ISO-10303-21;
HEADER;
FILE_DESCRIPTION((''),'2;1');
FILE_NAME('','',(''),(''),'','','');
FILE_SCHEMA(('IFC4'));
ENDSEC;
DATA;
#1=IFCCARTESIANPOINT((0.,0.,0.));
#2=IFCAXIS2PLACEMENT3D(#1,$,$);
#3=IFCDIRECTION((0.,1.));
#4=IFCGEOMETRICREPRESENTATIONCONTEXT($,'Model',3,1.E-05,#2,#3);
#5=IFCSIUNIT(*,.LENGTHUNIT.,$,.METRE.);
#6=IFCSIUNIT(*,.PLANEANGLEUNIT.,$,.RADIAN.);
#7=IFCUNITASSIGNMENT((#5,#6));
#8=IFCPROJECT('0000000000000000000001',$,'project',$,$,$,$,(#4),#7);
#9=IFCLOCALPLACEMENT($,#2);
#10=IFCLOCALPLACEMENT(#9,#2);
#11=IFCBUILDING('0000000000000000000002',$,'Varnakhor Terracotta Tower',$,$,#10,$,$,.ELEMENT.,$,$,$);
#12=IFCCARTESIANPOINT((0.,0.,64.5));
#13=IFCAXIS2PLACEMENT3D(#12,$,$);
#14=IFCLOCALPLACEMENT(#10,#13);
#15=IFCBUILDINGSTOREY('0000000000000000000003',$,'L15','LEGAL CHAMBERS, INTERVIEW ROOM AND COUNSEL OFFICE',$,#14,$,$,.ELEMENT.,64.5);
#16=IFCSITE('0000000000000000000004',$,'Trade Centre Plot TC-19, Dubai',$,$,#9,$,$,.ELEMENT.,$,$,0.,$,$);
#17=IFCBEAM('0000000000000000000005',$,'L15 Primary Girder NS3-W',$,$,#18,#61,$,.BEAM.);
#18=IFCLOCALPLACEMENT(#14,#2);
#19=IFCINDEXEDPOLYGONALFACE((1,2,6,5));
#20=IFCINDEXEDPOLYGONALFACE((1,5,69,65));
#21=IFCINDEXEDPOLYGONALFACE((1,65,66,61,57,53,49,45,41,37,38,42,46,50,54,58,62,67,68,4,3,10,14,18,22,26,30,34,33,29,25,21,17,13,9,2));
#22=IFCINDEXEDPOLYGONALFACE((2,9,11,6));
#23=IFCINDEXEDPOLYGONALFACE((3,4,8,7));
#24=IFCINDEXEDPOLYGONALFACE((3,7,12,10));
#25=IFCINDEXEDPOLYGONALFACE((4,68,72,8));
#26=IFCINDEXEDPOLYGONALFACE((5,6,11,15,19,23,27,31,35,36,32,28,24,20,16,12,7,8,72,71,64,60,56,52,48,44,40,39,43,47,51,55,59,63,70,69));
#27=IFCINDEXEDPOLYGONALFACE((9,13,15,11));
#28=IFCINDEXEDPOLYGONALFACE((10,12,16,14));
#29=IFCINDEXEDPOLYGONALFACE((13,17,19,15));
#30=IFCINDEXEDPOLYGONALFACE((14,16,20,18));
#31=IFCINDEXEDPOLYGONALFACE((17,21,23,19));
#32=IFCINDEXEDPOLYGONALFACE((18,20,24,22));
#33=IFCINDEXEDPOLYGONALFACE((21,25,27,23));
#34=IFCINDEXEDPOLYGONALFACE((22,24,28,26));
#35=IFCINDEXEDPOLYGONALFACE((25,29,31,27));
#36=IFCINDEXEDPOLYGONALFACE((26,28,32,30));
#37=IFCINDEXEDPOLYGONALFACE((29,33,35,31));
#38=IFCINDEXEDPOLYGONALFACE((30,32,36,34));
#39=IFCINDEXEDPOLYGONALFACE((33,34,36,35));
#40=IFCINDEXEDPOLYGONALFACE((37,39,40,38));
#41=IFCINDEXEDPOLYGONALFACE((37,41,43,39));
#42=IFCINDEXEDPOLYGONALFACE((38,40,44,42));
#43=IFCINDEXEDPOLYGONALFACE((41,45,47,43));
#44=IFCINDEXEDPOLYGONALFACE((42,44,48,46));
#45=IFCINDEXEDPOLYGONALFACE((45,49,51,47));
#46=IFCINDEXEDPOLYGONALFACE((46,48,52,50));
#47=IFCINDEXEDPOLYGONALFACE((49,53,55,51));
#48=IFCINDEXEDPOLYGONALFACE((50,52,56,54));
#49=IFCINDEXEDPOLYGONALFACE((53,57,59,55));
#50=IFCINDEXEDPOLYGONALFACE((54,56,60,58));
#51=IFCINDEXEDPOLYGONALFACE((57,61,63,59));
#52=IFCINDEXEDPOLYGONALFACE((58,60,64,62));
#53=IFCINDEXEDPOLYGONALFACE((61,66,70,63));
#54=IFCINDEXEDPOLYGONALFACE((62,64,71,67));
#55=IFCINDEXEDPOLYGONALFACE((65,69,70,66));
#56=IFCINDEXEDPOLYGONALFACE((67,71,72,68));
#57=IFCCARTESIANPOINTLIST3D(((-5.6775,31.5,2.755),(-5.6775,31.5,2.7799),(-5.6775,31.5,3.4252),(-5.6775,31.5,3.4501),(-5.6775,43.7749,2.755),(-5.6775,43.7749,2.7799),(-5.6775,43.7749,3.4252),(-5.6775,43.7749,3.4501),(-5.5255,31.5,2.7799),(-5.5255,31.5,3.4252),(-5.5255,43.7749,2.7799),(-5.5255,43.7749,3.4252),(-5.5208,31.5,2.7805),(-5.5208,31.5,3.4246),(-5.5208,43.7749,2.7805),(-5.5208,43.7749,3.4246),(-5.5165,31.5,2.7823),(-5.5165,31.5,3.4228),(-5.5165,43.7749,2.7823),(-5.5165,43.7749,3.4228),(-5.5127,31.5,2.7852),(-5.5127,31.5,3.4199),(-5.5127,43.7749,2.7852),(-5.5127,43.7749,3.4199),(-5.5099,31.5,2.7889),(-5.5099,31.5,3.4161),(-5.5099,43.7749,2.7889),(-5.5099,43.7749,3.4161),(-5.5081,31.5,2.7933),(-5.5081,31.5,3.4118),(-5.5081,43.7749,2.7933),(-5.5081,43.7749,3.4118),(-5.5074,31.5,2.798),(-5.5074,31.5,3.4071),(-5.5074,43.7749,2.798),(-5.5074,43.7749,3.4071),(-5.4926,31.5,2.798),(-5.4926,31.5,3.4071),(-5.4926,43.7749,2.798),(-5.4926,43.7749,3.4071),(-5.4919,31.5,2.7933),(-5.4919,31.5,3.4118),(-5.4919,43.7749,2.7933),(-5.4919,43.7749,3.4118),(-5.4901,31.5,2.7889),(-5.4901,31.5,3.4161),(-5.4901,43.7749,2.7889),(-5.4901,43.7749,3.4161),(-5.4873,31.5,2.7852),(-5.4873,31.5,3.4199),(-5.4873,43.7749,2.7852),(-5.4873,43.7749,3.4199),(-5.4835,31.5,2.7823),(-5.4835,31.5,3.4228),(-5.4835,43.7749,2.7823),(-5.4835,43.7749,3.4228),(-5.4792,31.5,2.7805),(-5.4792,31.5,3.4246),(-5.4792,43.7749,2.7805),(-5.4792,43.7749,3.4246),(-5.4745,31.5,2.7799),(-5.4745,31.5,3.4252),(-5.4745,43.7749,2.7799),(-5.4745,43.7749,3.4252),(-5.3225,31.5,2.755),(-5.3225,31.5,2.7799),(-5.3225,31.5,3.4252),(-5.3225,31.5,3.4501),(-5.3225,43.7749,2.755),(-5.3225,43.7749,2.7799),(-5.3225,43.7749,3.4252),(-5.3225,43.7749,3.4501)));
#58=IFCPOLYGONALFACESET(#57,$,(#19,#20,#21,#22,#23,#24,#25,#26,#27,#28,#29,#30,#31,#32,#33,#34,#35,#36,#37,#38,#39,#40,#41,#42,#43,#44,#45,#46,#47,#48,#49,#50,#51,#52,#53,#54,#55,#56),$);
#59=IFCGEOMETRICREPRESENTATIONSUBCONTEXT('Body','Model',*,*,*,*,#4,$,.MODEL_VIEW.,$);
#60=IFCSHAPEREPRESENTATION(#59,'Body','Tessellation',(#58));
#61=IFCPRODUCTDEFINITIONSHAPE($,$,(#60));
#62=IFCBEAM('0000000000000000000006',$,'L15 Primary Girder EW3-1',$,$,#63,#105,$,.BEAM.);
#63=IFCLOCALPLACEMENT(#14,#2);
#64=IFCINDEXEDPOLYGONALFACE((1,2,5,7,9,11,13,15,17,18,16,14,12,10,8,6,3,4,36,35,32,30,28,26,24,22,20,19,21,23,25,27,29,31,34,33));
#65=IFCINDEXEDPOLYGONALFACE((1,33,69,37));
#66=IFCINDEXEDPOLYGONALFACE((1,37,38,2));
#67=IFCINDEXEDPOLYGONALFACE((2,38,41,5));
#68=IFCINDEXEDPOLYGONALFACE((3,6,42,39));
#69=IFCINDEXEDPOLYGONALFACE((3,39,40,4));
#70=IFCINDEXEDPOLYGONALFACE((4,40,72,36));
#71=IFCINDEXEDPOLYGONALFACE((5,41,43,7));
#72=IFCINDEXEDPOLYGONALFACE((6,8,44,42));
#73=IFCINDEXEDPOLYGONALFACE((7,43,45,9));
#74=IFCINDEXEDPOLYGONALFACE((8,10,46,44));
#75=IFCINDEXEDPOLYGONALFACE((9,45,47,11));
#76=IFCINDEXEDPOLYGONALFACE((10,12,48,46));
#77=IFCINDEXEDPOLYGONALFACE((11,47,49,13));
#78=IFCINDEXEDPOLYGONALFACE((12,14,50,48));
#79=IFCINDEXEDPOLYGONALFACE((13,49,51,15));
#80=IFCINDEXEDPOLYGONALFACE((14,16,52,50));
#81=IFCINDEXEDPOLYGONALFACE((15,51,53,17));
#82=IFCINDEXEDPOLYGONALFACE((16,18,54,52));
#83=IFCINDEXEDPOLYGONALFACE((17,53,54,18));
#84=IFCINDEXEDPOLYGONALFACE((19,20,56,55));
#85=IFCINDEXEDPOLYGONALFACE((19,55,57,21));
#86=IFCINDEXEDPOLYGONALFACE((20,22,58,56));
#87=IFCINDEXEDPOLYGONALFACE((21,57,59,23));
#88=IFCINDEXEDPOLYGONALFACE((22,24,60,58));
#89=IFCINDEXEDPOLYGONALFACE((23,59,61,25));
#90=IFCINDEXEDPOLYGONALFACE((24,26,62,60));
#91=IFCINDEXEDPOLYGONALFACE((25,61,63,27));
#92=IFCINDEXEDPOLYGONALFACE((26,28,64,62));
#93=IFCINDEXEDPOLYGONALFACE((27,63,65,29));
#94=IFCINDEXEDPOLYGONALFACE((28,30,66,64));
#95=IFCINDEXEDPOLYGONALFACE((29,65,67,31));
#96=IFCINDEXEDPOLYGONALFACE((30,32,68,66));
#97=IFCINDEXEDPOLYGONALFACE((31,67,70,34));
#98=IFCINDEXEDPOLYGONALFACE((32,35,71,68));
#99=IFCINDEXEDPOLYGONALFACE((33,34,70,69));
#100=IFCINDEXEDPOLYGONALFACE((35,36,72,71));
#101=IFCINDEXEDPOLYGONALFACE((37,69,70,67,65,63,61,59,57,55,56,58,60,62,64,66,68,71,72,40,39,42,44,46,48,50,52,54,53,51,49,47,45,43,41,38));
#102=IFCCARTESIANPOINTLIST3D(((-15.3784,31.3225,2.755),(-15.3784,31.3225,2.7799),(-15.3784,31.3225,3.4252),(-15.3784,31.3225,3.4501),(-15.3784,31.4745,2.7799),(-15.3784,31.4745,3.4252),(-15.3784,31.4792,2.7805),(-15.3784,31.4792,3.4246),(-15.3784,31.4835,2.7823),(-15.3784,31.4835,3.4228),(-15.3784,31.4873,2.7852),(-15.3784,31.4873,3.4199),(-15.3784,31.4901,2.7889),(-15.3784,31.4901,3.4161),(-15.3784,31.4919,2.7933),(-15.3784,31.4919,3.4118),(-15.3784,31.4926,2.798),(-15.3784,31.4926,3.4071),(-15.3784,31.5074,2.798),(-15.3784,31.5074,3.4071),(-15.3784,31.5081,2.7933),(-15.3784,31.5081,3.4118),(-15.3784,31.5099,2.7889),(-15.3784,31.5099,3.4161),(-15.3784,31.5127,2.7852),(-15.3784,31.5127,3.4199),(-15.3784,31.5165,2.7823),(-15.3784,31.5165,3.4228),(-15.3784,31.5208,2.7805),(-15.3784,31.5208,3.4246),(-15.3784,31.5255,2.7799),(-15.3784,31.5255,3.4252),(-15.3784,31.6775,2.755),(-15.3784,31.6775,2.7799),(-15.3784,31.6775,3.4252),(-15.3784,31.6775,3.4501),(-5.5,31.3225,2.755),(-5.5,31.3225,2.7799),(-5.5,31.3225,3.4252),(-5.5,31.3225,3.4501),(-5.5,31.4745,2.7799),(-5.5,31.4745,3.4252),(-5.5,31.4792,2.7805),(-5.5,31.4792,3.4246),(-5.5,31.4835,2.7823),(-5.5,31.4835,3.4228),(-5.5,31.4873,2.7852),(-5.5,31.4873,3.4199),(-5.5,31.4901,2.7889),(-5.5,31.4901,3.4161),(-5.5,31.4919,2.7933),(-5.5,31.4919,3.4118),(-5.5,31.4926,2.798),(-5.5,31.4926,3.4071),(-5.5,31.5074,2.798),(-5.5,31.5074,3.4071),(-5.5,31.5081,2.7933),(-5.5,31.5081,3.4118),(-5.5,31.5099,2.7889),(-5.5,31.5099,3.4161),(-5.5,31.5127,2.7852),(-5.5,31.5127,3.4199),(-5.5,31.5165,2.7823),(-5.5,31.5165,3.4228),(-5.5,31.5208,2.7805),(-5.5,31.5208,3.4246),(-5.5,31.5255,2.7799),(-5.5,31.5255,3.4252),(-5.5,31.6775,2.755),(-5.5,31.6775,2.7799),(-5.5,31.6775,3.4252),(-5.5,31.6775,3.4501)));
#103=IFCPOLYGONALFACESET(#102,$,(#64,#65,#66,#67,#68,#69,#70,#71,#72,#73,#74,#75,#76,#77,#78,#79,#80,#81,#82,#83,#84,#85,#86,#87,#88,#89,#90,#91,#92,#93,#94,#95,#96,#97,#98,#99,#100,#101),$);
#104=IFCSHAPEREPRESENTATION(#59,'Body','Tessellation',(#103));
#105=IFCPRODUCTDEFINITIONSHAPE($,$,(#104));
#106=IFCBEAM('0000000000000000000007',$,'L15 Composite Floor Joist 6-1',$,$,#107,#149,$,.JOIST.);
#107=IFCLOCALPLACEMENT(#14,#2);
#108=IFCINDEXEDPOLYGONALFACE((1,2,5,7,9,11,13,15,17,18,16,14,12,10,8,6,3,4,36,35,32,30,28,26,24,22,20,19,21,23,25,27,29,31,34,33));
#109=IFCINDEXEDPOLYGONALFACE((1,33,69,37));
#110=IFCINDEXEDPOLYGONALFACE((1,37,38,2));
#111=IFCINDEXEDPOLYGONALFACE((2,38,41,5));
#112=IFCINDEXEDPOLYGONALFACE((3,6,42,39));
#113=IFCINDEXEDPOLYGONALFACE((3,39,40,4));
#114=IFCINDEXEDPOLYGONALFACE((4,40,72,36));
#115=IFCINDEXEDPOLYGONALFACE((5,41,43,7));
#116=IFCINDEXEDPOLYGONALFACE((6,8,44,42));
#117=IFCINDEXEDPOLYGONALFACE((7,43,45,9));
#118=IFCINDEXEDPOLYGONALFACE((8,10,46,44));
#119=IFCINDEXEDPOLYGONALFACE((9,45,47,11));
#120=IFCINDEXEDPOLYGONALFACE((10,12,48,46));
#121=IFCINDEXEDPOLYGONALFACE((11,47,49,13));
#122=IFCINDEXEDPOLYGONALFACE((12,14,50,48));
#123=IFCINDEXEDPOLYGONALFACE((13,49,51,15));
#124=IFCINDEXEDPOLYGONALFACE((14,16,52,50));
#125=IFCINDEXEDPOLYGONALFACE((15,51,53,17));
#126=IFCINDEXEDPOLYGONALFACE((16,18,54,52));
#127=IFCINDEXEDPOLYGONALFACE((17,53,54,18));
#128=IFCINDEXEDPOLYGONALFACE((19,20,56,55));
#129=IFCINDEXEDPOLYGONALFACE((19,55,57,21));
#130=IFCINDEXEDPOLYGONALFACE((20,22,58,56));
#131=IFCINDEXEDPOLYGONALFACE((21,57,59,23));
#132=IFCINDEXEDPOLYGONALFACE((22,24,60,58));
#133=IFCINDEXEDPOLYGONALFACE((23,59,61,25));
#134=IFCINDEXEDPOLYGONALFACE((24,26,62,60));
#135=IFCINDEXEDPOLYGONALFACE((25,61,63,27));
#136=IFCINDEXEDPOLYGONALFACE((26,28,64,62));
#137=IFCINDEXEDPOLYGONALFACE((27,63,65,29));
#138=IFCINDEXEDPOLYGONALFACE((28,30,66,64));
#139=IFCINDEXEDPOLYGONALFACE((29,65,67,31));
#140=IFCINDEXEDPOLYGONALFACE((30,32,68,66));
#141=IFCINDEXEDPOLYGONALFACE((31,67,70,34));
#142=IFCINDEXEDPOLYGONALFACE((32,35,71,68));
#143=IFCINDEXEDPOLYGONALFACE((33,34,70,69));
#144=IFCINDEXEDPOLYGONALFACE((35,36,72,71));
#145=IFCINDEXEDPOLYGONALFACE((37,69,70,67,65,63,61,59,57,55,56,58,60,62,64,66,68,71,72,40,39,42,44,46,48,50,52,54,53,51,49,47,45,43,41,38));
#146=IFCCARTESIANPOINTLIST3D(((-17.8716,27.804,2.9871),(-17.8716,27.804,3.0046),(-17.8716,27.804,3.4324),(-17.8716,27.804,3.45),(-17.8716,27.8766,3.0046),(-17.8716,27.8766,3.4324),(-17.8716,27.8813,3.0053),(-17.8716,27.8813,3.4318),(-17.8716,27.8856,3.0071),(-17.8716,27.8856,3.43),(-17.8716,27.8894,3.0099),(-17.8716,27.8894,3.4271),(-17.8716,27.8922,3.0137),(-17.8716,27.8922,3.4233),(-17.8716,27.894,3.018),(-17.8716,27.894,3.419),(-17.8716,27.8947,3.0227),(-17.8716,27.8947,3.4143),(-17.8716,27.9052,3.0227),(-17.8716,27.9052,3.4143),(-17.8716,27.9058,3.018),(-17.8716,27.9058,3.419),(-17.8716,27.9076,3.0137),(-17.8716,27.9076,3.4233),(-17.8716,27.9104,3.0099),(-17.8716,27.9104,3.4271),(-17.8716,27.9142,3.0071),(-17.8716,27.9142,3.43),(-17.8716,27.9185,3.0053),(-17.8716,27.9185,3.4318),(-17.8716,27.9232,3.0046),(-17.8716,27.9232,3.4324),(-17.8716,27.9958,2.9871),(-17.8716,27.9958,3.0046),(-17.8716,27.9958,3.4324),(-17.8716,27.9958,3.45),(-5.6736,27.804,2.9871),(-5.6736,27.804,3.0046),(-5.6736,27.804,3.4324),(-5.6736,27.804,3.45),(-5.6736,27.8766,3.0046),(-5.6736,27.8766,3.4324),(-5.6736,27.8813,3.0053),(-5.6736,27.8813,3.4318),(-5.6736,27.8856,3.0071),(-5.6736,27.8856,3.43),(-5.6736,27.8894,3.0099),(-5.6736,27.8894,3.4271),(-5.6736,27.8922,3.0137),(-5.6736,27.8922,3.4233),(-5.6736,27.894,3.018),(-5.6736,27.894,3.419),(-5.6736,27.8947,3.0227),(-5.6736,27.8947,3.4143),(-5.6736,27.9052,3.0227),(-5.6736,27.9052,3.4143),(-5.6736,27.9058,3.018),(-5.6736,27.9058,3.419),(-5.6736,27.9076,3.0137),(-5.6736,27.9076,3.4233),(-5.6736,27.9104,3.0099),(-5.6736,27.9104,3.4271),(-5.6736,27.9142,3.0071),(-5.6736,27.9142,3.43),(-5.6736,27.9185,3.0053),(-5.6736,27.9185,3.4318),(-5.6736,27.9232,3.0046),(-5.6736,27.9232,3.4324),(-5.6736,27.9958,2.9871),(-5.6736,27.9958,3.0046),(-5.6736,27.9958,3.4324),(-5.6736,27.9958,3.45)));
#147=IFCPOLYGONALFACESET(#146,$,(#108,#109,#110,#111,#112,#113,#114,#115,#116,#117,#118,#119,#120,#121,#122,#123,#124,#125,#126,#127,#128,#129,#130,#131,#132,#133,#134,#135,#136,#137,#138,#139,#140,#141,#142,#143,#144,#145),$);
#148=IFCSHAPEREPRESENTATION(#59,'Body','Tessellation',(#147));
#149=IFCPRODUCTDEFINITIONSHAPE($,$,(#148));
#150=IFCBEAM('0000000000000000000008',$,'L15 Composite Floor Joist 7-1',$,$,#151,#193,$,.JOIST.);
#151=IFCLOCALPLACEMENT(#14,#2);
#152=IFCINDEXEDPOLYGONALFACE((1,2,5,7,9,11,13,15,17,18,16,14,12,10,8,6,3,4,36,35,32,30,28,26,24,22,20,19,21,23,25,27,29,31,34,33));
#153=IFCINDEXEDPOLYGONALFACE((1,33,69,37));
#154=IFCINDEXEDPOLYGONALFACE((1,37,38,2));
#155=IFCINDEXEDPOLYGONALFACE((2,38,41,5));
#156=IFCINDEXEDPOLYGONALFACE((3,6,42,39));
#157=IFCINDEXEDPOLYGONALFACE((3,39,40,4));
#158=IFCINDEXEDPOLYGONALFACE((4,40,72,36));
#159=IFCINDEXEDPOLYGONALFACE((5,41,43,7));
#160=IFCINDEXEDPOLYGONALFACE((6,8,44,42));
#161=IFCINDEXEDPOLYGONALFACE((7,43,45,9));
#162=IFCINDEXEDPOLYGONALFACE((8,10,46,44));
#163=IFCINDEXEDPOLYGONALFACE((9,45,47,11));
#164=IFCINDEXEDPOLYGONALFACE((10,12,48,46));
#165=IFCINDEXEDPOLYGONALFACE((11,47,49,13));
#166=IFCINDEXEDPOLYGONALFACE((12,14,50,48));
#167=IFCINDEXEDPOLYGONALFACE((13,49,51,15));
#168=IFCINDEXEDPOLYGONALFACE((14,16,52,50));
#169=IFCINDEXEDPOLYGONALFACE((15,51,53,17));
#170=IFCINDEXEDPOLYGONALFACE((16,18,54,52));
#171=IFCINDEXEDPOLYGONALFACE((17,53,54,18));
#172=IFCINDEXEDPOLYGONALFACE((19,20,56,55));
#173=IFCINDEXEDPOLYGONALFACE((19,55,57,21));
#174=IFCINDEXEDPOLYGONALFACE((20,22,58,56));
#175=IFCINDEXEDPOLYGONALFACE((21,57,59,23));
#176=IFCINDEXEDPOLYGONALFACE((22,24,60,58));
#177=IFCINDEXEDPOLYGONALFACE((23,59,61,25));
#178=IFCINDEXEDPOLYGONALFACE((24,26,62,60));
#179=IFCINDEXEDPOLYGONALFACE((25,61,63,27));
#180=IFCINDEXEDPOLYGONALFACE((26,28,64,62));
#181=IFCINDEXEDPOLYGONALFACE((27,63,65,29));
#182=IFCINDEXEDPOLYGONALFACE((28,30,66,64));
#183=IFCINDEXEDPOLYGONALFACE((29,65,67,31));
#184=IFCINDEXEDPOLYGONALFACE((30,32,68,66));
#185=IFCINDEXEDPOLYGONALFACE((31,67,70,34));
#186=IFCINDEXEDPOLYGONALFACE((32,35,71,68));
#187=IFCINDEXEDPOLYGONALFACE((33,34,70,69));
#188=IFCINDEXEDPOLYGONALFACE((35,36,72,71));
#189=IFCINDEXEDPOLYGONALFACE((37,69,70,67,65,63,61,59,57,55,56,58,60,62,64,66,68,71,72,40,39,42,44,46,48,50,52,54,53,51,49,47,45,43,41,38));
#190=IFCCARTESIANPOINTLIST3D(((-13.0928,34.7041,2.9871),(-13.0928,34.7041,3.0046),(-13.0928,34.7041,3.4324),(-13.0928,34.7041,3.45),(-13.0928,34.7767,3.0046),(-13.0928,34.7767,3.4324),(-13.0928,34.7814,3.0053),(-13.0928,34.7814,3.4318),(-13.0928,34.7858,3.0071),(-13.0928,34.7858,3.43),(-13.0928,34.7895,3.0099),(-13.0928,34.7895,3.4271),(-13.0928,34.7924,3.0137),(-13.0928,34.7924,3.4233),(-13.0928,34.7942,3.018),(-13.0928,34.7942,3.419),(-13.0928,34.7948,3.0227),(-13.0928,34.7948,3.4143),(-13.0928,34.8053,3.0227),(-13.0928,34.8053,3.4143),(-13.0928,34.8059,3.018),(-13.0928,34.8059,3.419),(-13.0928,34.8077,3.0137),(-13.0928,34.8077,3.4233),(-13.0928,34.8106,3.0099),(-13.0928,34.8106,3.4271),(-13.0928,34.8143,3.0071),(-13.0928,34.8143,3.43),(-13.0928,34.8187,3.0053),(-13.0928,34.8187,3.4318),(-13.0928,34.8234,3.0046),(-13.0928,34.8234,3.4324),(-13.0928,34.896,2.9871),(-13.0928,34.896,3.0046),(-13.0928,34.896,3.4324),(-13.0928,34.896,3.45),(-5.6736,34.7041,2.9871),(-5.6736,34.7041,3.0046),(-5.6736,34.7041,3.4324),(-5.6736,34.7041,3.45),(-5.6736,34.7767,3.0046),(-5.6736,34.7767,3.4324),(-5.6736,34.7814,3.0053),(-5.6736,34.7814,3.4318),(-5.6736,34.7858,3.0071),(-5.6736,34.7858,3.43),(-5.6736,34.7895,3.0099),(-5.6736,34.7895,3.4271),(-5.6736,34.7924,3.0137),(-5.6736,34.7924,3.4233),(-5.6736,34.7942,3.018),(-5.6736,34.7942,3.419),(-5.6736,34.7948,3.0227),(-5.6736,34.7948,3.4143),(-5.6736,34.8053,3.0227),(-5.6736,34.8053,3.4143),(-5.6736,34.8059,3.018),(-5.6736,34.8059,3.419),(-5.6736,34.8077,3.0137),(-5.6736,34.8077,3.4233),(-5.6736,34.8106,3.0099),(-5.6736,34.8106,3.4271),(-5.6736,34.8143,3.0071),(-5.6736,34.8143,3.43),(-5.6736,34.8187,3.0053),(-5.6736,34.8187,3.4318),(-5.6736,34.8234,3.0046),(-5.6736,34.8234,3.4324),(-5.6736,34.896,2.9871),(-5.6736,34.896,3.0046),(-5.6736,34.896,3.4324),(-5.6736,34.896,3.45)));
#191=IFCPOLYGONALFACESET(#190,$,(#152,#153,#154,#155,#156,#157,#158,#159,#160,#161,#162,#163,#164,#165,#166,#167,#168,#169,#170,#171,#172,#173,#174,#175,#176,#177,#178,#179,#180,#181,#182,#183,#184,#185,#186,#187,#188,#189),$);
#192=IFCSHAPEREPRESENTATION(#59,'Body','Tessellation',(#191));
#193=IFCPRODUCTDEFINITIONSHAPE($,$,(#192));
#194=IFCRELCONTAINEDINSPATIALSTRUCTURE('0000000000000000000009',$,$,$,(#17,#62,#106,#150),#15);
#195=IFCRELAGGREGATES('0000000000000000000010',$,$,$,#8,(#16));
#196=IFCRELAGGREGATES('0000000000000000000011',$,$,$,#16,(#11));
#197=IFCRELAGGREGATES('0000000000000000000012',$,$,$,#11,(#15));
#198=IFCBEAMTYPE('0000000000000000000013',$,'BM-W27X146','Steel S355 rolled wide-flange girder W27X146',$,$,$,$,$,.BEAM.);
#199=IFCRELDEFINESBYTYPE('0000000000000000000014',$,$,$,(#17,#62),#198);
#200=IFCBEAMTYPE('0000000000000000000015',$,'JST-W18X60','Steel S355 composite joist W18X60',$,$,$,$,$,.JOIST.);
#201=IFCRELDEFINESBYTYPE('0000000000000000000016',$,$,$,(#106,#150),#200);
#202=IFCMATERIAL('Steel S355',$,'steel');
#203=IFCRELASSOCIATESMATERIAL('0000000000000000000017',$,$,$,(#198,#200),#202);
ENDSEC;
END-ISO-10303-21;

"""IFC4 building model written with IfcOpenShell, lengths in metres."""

from ifc_helpers import new_model, si_unit, direction, frame, origin, origin_2d, place, context, subcontext, project, spatial, i_section, extrude, source, transform, mapped, material, material_profile, profile_set, type_object, element, save


model = new_model("IFC4")

# Units and contexts
model_context = context("Model", 3, precision=1e-05, world=origin(), true_north=direction((0.0, 1.0)))
body_context = subcontext(model_context, "Body", "Model", "MODEL_VIEW")
ifc_project = project(units=[si_unit("LENGTHUNIT", "METRE"), si_unit("PLANEANGLEUNIT", "RADIAN")], contexts=[model_context])

# Site, building, storey
site_placement = place(None, origin())
site = spatial("IfcSite", under=ifc_project, at=site_placement, Name="Trade Centre Plot TC-19, Dubai", CompositionType="ELEMENT", RefElevation=0.0)
building_placement = place(site_placement, origin())
building = spatial("IfcBuilding", under=site, at=building_placement, Name="Varnakhor Terracotta Tower", CompositionType="ELEMENT")
storey_placement = place(building_placement, frame((0.0, 0.0, 64.5)))
storey = spatial("IfcBuildingStorey", under=building, at=storey_placement, Name="L15", Description="LEGAL CHAMBERS, INTERVIEW ROOM AND COUNSEL OFFICE", CompositionType="ELEMENT", Elevation=64.5)

# Beams
ifc_material_1 = material(Name="Steel S355", Category="steel")
ifc_material_profile_1 = material_profile(ifc_material_1, i_section(OverallWidth=0.355, OverallDepth=0.6951, WebThickness=0.0149, FlangeThickness=0.0249, FilletRadius=0.0181, at=origin_2d()), Name="W27X146")
ifc_profile_set_1 = profile_set([ifc_material_profile_1], Name="Steel S355")
beam_type_1 = type_object("IfcBeamType", Name="BM-W27X146", Description="Steel S355 rolled wide-flange girder W27X146", PredefinedType="BEAM", material=ifc_profile_set_1)
ifc_material_profile_2 = material_profile(ifc_material_1, i_section(OverallWidth=0.1919, OverallDepth=0.4629, WebThickness=0.0105, FlangeThickness=0.0176, FilletRadius=0.0181, at=origin_2d()), Name="W18X60")
ifc_profile_set_2 = profile_set([ifc_material_profile_2], Name="Steel S355")
beam_type_2 = type_object("IfcBeamType", Name="JST-W18X60", Description="Steel S355 composite joist W18X60", PredefinedType="JOIST", material=ifc_profile_set_2)
shared_shape_1 = source(origin(), body_context, "Body", "SweptSolid", [
    extrude(i_section(OverallWidth=0.355, OverallDepth=0.6951, WebThickness=0.0149, FlangeThickness=0.0249, FilletRadius=0.0181, at=origin_2d()), origin(), (0.0, 0.0, 1.0), 12.2749),
])
beam_1_placement = place(storey_placement, frame((-5.5, 31.5, 3.1025), z_axis=(0.0, 1.0, 0.0), x_axis=(-1.0, 0.0, 0.0)))
element("IfcBeam", 1, at=beam_1_placement, inside=storey, type_object=beam_type_1, Name="L15 Primary Girder NS3-W", PredefinedType="BEAM", context=body_context, shape_type="MappedRepresentation", body=[
    mapped(shared_shape_1, transform((0.0, 0.0, 0.0), scale=1.0)),
])
shared_shape_2 = source(origin(), body_context, "Body", "SweptSolid", [
    extrude(i_section(OverallWidth=0.355, OverallDepth=0.6951, WebThickness=0.0149, FlangeThickness=0.0249, FilletRadius=0.0181, at=origin_2d()), origin(), (0.0, 0.0, 1.0), 9.8784),
])
beam_2_placement = place(storey_placement, frame((-15.3784, 31.5, 3.1025), z_axis=(1.0, 0.0, 0.0), x_axis=(0.0, 1.0, 0.0)))
element("IfcBeam", 2, at=beam_2_placement, inside=storey, type_object=beam_type_1, Name="L15 Primary Girder EW3-1", PredefinedType="BEAM", context=body_context, shape_type="MappedRepresentation", body=[
    mapped(shared_shape_2, transform((0.0, 0.0, 0.0), scale=1.0)),
])
shared_shape_3 = source(origin(), body_context, "Body", "SweptSolid", [
    extrude(i_section(OverallWidth=0.1919, OverallDepth=0.4629, WebThickness=0.0105, FlangeThickness=0.0176, FilletRadius=0.0181, at=origin_2d()), origin(), (0.0, 0.0, 1.0), 12.198),
])
beam_3_placement = place(storey_placement, frame((-17.8716, 27.8999, 3.2185), z_axis=(1.0, 0.0, 0.0), x_axis=(0.0, 1.0, 0.0)))
element("IfcBeam", 3, at=beam_3_placement, inside=storey, type_object=beam_type_2, Name="L15 Composite Floor Joist 6-1", PredefinedType="JOIST", context=body_context, shape_type="MappedRepresentation", body=[
    mapped(shared_shape_3, transform((0.0, 0.0, 0.0), scale=1.0)),
])
shared_shape_4 = source(origin(), body_context, "Body", "SweptSolid", [
    extrude(i_section(OverallWidth=0.1919, OverallDepth=0.4629, WebThickness=0.0105, FlangeThickness=0.0176, FilletRadius=0.0181, at=origin_2d()), origin(), (0.0, 0.0, 1.0), 7.4192),
])
beam_4_placement = place(storey_placement, frame((-13.0928, 34.8, 3.2185), z_axis=(1.0, 0.0, 0.0), x_axis=(0.0, 1.0, 0.0)))
element("IfcBeam", 4, at=beam_4_placement, inside=storey, type_object=beam_type_2, Name="L15 Composite Floor Joist 7-1", PredefinedType="JOIST", context=body_context, shape_type="MappedRepresentation", body=[
    mapped(shared_shape_4, transform((0.0, 0.0, 0.0), scale=1.0)),
])

save(model, "model.ifc")
